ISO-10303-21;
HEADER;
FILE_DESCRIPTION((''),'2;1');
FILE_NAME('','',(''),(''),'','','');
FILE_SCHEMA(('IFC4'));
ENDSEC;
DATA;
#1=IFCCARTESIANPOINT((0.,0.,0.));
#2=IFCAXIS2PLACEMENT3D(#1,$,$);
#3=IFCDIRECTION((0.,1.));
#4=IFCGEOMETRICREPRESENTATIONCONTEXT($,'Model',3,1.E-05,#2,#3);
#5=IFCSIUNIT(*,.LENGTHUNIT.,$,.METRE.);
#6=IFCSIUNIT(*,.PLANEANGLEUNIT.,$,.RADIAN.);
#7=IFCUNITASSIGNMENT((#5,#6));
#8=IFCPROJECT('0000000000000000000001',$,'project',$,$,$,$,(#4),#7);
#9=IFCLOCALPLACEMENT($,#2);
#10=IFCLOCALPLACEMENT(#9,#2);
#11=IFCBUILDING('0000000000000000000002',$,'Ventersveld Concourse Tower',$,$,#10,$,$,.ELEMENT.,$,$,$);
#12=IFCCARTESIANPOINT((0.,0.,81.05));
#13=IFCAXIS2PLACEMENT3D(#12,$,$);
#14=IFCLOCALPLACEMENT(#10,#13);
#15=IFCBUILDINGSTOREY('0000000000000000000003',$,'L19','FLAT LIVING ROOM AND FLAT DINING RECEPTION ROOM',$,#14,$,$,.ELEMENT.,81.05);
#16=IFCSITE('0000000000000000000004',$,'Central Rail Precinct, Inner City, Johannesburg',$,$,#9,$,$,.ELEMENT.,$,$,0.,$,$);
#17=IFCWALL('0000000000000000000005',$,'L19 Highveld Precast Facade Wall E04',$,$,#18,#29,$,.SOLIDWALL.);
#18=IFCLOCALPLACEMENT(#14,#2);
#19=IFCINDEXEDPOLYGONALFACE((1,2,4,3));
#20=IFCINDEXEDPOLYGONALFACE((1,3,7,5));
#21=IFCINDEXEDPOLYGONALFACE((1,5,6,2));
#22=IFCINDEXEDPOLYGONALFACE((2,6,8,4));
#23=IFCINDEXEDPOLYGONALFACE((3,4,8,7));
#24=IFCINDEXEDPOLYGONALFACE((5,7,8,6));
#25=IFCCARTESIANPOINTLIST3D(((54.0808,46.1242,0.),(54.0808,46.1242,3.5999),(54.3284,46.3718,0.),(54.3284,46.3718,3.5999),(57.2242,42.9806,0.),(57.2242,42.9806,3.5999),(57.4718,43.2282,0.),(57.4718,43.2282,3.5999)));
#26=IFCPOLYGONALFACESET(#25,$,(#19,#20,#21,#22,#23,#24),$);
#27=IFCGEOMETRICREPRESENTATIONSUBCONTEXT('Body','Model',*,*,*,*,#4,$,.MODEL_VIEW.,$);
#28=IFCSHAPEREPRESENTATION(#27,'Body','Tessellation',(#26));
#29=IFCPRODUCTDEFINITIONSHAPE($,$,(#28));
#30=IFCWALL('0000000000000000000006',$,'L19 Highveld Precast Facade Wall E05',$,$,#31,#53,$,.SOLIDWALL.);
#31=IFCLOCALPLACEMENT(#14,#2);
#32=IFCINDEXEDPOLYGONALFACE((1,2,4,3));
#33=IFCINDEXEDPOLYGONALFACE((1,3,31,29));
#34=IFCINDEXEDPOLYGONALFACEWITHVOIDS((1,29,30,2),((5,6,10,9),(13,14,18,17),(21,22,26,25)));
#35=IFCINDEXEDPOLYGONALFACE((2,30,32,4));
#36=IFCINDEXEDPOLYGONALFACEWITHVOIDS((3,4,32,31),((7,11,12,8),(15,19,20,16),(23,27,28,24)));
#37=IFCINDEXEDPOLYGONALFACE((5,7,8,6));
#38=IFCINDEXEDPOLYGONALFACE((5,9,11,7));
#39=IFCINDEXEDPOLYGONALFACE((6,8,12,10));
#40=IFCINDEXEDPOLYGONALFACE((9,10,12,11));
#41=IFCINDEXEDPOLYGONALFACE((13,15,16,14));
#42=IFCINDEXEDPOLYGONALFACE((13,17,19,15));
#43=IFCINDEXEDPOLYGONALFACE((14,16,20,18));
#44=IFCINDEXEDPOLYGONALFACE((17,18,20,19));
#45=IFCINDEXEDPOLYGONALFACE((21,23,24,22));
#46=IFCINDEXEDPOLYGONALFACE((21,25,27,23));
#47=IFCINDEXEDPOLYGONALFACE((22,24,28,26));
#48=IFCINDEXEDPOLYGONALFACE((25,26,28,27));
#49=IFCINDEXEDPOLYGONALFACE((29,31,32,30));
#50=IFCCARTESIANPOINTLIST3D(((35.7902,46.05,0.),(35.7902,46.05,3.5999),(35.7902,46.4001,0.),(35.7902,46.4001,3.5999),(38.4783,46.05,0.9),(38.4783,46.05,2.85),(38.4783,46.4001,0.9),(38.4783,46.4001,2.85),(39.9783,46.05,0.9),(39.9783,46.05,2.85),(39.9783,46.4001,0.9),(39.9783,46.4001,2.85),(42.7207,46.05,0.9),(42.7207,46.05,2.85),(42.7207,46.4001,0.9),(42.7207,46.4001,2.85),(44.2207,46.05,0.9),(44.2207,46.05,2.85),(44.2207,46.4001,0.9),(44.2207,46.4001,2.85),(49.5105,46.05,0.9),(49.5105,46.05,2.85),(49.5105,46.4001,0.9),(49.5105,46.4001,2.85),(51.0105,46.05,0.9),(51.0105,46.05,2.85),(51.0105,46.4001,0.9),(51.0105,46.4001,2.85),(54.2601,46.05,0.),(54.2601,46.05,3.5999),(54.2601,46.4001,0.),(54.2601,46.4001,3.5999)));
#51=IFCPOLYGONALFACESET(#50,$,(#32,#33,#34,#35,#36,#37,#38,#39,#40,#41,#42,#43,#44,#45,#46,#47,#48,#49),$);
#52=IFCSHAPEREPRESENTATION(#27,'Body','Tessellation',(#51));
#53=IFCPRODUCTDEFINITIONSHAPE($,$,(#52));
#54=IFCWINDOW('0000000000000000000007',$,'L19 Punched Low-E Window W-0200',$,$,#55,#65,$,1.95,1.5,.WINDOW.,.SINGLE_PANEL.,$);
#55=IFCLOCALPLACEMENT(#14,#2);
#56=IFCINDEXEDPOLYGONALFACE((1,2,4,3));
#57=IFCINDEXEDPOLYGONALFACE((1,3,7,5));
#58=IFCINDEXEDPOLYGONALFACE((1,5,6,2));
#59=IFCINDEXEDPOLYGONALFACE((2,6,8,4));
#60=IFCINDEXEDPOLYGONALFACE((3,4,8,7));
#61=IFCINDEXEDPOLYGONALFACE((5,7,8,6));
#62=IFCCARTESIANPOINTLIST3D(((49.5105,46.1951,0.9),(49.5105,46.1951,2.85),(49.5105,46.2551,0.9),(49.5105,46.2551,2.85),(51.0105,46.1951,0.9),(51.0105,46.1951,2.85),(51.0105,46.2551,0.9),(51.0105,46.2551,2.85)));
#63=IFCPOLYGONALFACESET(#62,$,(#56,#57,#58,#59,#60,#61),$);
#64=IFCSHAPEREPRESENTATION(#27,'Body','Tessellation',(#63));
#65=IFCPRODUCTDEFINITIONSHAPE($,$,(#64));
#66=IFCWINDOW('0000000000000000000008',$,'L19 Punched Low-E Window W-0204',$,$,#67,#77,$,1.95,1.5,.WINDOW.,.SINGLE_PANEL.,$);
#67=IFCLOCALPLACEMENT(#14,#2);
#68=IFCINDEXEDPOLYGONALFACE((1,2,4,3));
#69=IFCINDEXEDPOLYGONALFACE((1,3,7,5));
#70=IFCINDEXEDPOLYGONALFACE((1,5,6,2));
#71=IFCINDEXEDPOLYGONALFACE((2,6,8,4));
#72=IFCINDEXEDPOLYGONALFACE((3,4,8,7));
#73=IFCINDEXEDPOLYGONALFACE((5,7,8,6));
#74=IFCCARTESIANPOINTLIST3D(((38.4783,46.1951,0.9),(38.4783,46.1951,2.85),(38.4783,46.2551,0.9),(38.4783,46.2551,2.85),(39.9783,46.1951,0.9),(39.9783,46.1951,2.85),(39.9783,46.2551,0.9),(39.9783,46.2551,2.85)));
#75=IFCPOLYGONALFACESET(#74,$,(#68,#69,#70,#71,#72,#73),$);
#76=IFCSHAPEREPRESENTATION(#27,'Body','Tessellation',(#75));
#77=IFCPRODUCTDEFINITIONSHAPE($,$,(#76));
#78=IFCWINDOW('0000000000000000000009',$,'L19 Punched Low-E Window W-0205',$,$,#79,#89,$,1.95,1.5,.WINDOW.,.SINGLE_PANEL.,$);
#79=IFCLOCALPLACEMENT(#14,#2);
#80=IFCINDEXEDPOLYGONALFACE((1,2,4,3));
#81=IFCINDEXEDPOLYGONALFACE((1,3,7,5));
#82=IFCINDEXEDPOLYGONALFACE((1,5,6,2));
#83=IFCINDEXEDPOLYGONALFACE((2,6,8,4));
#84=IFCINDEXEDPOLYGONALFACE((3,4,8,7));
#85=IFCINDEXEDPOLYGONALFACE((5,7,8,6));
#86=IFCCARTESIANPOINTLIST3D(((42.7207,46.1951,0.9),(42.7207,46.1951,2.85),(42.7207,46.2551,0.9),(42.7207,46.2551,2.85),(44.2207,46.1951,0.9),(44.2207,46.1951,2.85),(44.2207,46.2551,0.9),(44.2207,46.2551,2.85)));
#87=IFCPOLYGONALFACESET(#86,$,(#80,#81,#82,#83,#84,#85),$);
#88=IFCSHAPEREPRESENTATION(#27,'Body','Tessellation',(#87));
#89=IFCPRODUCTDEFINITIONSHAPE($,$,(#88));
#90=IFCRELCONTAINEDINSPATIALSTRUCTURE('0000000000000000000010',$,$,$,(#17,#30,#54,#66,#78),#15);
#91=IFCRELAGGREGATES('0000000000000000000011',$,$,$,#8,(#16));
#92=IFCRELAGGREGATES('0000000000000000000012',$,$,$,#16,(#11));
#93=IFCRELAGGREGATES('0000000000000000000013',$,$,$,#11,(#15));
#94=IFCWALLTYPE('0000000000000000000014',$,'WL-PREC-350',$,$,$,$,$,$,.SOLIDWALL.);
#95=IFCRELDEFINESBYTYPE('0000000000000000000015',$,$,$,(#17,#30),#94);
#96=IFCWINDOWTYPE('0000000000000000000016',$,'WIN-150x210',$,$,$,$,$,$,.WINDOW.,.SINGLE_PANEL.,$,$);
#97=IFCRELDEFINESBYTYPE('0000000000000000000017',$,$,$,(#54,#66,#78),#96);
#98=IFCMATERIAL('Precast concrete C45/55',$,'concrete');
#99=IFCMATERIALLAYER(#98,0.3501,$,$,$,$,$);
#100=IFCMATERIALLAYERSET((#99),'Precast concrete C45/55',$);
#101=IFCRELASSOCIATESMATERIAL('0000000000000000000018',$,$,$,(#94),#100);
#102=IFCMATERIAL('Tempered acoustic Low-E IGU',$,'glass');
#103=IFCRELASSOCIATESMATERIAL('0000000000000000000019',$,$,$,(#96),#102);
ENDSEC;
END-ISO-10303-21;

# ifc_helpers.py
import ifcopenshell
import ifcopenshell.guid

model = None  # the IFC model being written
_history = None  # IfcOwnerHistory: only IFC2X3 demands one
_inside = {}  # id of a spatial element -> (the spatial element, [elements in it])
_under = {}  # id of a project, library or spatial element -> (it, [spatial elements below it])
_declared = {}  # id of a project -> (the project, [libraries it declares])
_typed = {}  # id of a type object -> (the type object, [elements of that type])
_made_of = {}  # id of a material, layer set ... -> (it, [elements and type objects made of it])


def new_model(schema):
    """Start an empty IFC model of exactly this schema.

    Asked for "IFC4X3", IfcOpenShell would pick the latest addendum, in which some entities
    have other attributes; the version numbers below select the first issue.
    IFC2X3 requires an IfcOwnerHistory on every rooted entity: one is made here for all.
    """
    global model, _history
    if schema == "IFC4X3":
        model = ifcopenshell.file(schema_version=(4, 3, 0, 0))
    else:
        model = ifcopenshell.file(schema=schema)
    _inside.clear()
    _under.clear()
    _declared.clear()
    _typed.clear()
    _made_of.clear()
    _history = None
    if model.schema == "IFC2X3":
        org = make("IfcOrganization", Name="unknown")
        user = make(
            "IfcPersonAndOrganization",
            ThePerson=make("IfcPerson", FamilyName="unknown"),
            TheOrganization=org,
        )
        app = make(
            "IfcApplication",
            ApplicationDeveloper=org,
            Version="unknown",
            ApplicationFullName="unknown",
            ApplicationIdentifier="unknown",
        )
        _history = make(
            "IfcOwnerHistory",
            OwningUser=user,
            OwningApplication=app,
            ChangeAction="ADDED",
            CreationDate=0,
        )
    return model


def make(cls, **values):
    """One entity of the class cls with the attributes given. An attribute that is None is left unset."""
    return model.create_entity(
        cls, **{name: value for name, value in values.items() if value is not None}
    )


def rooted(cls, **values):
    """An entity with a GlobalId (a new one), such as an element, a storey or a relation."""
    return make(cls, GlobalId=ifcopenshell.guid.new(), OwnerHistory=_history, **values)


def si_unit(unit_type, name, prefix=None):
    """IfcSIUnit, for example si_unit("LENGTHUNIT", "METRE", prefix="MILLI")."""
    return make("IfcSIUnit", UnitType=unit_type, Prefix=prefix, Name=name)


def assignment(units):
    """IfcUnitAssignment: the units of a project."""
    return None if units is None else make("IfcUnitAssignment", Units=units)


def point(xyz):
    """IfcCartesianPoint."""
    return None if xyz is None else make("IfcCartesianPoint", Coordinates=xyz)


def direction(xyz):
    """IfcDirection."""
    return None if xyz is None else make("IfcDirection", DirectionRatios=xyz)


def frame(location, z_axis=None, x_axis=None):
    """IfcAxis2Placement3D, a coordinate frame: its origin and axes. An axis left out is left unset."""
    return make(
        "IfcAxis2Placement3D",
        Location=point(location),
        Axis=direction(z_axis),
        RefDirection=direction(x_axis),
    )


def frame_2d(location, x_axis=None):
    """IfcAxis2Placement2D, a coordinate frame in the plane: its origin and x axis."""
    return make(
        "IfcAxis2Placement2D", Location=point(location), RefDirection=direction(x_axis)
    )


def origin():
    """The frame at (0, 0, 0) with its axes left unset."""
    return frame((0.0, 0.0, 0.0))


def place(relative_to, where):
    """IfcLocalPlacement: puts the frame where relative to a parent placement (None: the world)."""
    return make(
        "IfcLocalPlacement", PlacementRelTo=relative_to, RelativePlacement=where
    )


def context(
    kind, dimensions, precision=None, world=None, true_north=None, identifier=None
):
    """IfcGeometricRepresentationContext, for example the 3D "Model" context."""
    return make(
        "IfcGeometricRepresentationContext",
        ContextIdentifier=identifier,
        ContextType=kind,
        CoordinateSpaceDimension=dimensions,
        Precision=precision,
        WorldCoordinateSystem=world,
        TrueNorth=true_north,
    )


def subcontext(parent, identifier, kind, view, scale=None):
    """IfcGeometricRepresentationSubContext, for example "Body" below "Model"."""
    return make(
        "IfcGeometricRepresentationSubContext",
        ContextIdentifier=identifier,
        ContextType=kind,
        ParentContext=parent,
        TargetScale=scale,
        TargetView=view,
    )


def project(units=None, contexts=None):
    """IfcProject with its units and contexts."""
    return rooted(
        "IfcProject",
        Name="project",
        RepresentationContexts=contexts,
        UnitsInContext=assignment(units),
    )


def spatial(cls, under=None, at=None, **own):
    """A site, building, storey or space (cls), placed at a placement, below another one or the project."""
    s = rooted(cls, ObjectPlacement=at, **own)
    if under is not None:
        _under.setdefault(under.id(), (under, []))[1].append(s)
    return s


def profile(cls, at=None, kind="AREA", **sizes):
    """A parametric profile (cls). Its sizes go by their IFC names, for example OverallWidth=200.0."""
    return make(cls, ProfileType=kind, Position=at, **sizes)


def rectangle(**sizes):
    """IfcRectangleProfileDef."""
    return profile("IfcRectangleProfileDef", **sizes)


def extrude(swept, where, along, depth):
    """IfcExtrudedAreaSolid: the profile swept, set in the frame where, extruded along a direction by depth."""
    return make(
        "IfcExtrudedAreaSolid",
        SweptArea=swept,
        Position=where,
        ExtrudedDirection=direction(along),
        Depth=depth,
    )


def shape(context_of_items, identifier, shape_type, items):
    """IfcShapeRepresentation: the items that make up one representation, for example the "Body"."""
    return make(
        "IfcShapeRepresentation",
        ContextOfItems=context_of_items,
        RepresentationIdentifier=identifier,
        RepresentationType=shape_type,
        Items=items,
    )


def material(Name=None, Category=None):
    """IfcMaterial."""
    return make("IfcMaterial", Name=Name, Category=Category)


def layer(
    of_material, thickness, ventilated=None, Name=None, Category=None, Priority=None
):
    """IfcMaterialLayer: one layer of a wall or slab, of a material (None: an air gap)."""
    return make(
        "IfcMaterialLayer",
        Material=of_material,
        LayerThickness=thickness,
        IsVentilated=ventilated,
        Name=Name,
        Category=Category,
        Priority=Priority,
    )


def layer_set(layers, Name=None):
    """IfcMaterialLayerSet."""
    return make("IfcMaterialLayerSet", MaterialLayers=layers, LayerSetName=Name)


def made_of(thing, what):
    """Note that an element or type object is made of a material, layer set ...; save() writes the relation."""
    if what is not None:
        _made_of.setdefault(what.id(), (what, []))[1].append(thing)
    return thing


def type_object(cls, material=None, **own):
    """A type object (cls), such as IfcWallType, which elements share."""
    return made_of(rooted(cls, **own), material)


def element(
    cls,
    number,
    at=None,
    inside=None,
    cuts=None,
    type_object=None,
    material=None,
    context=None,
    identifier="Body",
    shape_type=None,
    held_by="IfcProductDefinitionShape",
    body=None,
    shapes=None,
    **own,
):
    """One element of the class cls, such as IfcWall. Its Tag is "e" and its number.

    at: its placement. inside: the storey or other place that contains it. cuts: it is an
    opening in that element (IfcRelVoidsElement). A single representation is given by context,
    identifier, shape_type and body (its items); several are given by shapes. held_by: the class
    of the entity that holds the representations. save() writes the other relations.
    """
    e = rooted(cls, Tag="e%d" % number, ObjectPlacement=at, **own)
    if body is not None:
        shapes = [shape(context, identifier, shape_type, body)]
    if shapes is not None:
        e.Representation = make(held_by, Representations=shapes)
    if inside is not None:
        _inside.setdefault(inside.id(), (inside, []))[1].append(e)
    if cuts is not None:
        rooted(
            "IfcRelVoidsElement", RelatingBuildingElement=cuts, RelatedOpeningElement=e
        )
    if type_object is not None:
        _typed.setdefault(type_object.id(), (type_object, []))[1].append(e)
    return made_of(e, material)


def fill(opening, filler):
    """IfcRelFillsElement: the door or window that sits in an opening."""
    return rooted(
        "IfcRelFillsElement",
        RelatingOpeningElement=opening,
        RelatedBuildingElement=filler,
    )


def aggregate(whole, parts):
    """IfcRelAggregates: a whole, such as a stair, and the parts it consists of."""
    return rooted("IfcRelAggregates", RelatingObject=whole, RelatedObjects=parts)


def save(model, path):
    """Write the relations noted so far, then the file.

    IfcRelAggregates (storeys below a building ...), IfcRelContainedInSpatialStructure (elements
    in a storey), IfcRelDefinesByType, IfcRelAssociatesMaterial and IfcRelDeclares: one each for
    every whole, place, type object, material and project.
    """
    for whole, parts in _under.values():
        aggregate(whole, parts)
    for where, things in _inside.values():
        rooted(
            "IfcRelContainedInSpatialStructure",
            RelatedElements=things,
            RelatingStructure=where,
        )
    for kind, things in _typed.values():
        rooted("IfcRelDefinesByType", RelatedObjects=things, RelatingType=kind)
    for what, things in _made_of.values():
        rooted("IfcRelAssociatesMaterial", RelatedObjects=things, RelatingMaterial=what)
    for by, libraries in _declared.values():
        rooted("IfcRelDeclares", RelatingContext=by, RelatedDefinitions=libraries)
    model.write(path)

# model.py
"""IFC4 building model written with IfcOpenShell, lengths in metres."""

from ifc_helpers import new_model, si_unit, direction, frame, frame_2d, origin, place, context, subcontext, project, spatial, rectangle, extrude, material, layer, layer_set, type_object, element, fill, save


model = new_model("IFC4")

# Units and contexts
model_context = context("Model", 3, precision=1e-05, world=origin(), true_north=direction((0.0, 1.0)))
body_context = subcontext(model_context, "Body", "Model", "MODEL_VIEW")
ifc_project = project(units=[si_unit("LENGTHUNIT", "METRE"), si_unit("PLANEANGLEUNIT", "RADIAN")], contexts=[model_context])

# Site, building, storey
site_placement = place(None, origin())
site = spatial("IfcSite", under=ifc_project, at=site_placement, Name="Central Rail Precinct, Inner City, Johannesburg", CompositionType="ELEMENT", RefElevation=0.0)
building_placement = place(site_placement, origin())
building = spatial("IfcBuilding", under=site, at=building_placement, Name="Ventersveld Concourse Tower", CompositionType="ELEMENT")
storey_placement = place(building_placement, frame((0.0, 0.0, 81.05)))
storey = spatial("IfcBuildingStorey", under=building, at=storey_placement, Name="L19", Description="FLAT LIVING ROOM AND FLAT DINING RECEPTION ROOM", CompositionType="ELEMENT", Elevation=81.05)

# Wall
ifc_material_1 = material(Name="Precast concrete C45/55", Category="concrete")
ifc_layer_1 = layer(ifc_material_1, 0.3501)
ifc_layer_set_1 = layer_set([ifc_layer_1], Name="Precast concrete C45/55")
wall_type_1 = type_object("IfcWallType", Name="WL-PREC-350", PredefinedType="SOLIDWALL", material=ifc_layer_set_1)
wall_1_placement = place(storey_placement, frame((57.3479, 43.1045, 0.0), z_axis=(0.0, 0.0, 1.0), x_axis=(-0.707079, 0.707134, 0.0)))
element("IfcWall", 1, at=wall_1_placement, inside=storey, type_object=wall_type_1, Name="L19 Highveld Precast Facade Wall E04", PredefinedType="SOLIDWALL", context=body_context, shape_type="SweptSolid", body=[
    extrude(rectangle(XDim=4.4456, YDim=0.3501, at=frame_2d((2.2227, 0.0))), origin(), (0.0, 0.0, 1.0), 3.5999),
])

# Wall, openings, windows
wall_2_placement = place(storey_placement, frame((54.26, 46.2251, 0.0), z_axis=(0.0, 0.0, 1.0), x_axis=(-1.0, 0.0, 0.0)))
wall_2 = element("IfcWall", 2, at=wall_2_placement, inside=storey, type_object=wall_type_1, Name="L19 Highveld Precast Facade Wall E05", PredefinedType="SOLIDWALL", context=body_context, shape_type="SweptSolid", body=[
    extrude(rectangle(XDim=18.47, YDim=0.3501, at=frame_2d((9.2349, 0.0))), origin(), (0.0, 0.0, 1.0), 3.5999),
])
opening_1_placement = place(wall_2_placement, frame((3.2495, 0.0, 0.8999)))
opening_1 = element("IfcOpeningElement", 3, at=opening_1_placement, cuts=wall_2, PredefinedType="OPENING", context=body_context, shape_type="SweptSolid", body=[
    extrude(rectangle(XDim=1.5, YDim=1.95, at=frame_2d((0.75, 0.9751))), frame((0.0, 0.1851, 0.0), z_axis=(0.0, -1.0, 0.0), x_axis=(1.0, 0.0, 0.0)), (0.0, 0.0, 1.0), 0.3701),
])
opening_2_placement = place(wall_2_placement, frame((14.2817, 0.0, 0.8999)))
opening_2 = element("IfcOpeningElement", 4, at=opening_2_placement, cuts=wall_2, PredefinedType="OPENING", context=body_context, shape_type="SweptSolid", body=[
    extrude(rectangle(XDim=1.5, YDim=1.95, at=frame_2d((0.75, 0.9751))), frame((0.0, 0.1851, 0.0), z_axis=(0.0, -1.0, 0.0), x_axis=(1.0, 0.0, 0.0)), (0.0, 0.0, 1.0), 0.3701),
])
opening_3_placement = place(wall_2_placement, frame((10.0393, 0.0, 0.8999)))
opening_3 = element("IfcOpeningElement", 5, at=opening_3_placement, cuts=wall_2, PredefinedType="OPENING", context=body_context, shape_type="SweptSolid", body=[
    extrude(rectangle(XDim=1.5, YDim=1.95, at=frame_2d((0.75, 0.9751))), frame((0.0, 0.1851, 0.0), z_axis=(0.0, -1.0, 0.0), x_axis=(1.0, 0.0, 0.0)), (0.0, 0.0, 1.0), 0.3701),
])
ifc_material_2 = material(Name="Tempered acoustic Low-E IGU", Category="glass")
window_type = type_object("IfcWindowType", Name="WIN-150x210", PartitioningType="SINGLE_PANEL", PredefinedType="WINDOW", material=ifc_material_2)
window_1_placement = place(opening_1_placement, origin())
window_1 = element("IfcWindow", 6, at=window_1_placement, inside=storey, type_object=window_type, Name="L19 Punched Low-E Window W-0200", OverallHeight=1.95, OverallWidth=1.5, PartitioningType="SINGLE_PANEL", PredefinedType="WINDOW", context=body_context, shape_type="SweptSolid", body=[
    extrude(rectangle(XDim=1.5, YDim=1.95, at=frame_2d((0.75, 0.9751))), frame((0.0, 0.03, 0.0), z_axis=(0.0, -1.0, 0.0), x_axis=(1.0, 0.0, 0.0)), (0.0, 0.0, 1.0), 0.0601),
])
fill(opening_1, window_1)
window_2_placement = place(opening_2_placement, origin())
window_2 = element("IfcWindow", 7, at=window_2_placement, inside=storey, type_object=window_type, Name="L19 Punched Low-E Window W-0204", OverallHeight=1.95, OverallWidth=1.5, PartitioningType="SINGLE_PANEL", PredefinedType="WINDOW", context=body_context, shape_type="SweptSolid", body=[
    extrude(rectangle(XDim=1.5, YDim=1.95, at=frame_2d((0.75, 0.9751))), frame((0.0, 0.03, 0.0), z_axis=(0.0, -1.0, 0.0), x_axis=(1.0, 0.0, 0.0)), (0.0, 0.0, 1.0), 0.0601),
])
fill(opening_2, window_2)
window_3_placement = place(opening_3_placement, origin())
window_3 = element("IfcWindow", 8, at=window_3_placement, inside=storey, type_object=window_type, Name="L19 Punched Low-E Window W-0205", OverallHeight=1.95, OverallWidth=1.5, PartitioningType="SINGLE_PANEL", PredefinedType="WINDOW", context=body_context, shape_type="SweptSolid", body=[
    extrude(rectangle(XDim=1.5, YDim=1.95, at=frame_2d((0.75, 0.9751))), frame((0.0, 0.03, 0.0), z_axis=(0.0, -1.0, 0.0), x_axis=(1.0, 0.0, 0.0)), (0.0, 0.0, 1.0), 0.0601),
])
fill(opening_3, window_3)

save(model, "model.ifc")
